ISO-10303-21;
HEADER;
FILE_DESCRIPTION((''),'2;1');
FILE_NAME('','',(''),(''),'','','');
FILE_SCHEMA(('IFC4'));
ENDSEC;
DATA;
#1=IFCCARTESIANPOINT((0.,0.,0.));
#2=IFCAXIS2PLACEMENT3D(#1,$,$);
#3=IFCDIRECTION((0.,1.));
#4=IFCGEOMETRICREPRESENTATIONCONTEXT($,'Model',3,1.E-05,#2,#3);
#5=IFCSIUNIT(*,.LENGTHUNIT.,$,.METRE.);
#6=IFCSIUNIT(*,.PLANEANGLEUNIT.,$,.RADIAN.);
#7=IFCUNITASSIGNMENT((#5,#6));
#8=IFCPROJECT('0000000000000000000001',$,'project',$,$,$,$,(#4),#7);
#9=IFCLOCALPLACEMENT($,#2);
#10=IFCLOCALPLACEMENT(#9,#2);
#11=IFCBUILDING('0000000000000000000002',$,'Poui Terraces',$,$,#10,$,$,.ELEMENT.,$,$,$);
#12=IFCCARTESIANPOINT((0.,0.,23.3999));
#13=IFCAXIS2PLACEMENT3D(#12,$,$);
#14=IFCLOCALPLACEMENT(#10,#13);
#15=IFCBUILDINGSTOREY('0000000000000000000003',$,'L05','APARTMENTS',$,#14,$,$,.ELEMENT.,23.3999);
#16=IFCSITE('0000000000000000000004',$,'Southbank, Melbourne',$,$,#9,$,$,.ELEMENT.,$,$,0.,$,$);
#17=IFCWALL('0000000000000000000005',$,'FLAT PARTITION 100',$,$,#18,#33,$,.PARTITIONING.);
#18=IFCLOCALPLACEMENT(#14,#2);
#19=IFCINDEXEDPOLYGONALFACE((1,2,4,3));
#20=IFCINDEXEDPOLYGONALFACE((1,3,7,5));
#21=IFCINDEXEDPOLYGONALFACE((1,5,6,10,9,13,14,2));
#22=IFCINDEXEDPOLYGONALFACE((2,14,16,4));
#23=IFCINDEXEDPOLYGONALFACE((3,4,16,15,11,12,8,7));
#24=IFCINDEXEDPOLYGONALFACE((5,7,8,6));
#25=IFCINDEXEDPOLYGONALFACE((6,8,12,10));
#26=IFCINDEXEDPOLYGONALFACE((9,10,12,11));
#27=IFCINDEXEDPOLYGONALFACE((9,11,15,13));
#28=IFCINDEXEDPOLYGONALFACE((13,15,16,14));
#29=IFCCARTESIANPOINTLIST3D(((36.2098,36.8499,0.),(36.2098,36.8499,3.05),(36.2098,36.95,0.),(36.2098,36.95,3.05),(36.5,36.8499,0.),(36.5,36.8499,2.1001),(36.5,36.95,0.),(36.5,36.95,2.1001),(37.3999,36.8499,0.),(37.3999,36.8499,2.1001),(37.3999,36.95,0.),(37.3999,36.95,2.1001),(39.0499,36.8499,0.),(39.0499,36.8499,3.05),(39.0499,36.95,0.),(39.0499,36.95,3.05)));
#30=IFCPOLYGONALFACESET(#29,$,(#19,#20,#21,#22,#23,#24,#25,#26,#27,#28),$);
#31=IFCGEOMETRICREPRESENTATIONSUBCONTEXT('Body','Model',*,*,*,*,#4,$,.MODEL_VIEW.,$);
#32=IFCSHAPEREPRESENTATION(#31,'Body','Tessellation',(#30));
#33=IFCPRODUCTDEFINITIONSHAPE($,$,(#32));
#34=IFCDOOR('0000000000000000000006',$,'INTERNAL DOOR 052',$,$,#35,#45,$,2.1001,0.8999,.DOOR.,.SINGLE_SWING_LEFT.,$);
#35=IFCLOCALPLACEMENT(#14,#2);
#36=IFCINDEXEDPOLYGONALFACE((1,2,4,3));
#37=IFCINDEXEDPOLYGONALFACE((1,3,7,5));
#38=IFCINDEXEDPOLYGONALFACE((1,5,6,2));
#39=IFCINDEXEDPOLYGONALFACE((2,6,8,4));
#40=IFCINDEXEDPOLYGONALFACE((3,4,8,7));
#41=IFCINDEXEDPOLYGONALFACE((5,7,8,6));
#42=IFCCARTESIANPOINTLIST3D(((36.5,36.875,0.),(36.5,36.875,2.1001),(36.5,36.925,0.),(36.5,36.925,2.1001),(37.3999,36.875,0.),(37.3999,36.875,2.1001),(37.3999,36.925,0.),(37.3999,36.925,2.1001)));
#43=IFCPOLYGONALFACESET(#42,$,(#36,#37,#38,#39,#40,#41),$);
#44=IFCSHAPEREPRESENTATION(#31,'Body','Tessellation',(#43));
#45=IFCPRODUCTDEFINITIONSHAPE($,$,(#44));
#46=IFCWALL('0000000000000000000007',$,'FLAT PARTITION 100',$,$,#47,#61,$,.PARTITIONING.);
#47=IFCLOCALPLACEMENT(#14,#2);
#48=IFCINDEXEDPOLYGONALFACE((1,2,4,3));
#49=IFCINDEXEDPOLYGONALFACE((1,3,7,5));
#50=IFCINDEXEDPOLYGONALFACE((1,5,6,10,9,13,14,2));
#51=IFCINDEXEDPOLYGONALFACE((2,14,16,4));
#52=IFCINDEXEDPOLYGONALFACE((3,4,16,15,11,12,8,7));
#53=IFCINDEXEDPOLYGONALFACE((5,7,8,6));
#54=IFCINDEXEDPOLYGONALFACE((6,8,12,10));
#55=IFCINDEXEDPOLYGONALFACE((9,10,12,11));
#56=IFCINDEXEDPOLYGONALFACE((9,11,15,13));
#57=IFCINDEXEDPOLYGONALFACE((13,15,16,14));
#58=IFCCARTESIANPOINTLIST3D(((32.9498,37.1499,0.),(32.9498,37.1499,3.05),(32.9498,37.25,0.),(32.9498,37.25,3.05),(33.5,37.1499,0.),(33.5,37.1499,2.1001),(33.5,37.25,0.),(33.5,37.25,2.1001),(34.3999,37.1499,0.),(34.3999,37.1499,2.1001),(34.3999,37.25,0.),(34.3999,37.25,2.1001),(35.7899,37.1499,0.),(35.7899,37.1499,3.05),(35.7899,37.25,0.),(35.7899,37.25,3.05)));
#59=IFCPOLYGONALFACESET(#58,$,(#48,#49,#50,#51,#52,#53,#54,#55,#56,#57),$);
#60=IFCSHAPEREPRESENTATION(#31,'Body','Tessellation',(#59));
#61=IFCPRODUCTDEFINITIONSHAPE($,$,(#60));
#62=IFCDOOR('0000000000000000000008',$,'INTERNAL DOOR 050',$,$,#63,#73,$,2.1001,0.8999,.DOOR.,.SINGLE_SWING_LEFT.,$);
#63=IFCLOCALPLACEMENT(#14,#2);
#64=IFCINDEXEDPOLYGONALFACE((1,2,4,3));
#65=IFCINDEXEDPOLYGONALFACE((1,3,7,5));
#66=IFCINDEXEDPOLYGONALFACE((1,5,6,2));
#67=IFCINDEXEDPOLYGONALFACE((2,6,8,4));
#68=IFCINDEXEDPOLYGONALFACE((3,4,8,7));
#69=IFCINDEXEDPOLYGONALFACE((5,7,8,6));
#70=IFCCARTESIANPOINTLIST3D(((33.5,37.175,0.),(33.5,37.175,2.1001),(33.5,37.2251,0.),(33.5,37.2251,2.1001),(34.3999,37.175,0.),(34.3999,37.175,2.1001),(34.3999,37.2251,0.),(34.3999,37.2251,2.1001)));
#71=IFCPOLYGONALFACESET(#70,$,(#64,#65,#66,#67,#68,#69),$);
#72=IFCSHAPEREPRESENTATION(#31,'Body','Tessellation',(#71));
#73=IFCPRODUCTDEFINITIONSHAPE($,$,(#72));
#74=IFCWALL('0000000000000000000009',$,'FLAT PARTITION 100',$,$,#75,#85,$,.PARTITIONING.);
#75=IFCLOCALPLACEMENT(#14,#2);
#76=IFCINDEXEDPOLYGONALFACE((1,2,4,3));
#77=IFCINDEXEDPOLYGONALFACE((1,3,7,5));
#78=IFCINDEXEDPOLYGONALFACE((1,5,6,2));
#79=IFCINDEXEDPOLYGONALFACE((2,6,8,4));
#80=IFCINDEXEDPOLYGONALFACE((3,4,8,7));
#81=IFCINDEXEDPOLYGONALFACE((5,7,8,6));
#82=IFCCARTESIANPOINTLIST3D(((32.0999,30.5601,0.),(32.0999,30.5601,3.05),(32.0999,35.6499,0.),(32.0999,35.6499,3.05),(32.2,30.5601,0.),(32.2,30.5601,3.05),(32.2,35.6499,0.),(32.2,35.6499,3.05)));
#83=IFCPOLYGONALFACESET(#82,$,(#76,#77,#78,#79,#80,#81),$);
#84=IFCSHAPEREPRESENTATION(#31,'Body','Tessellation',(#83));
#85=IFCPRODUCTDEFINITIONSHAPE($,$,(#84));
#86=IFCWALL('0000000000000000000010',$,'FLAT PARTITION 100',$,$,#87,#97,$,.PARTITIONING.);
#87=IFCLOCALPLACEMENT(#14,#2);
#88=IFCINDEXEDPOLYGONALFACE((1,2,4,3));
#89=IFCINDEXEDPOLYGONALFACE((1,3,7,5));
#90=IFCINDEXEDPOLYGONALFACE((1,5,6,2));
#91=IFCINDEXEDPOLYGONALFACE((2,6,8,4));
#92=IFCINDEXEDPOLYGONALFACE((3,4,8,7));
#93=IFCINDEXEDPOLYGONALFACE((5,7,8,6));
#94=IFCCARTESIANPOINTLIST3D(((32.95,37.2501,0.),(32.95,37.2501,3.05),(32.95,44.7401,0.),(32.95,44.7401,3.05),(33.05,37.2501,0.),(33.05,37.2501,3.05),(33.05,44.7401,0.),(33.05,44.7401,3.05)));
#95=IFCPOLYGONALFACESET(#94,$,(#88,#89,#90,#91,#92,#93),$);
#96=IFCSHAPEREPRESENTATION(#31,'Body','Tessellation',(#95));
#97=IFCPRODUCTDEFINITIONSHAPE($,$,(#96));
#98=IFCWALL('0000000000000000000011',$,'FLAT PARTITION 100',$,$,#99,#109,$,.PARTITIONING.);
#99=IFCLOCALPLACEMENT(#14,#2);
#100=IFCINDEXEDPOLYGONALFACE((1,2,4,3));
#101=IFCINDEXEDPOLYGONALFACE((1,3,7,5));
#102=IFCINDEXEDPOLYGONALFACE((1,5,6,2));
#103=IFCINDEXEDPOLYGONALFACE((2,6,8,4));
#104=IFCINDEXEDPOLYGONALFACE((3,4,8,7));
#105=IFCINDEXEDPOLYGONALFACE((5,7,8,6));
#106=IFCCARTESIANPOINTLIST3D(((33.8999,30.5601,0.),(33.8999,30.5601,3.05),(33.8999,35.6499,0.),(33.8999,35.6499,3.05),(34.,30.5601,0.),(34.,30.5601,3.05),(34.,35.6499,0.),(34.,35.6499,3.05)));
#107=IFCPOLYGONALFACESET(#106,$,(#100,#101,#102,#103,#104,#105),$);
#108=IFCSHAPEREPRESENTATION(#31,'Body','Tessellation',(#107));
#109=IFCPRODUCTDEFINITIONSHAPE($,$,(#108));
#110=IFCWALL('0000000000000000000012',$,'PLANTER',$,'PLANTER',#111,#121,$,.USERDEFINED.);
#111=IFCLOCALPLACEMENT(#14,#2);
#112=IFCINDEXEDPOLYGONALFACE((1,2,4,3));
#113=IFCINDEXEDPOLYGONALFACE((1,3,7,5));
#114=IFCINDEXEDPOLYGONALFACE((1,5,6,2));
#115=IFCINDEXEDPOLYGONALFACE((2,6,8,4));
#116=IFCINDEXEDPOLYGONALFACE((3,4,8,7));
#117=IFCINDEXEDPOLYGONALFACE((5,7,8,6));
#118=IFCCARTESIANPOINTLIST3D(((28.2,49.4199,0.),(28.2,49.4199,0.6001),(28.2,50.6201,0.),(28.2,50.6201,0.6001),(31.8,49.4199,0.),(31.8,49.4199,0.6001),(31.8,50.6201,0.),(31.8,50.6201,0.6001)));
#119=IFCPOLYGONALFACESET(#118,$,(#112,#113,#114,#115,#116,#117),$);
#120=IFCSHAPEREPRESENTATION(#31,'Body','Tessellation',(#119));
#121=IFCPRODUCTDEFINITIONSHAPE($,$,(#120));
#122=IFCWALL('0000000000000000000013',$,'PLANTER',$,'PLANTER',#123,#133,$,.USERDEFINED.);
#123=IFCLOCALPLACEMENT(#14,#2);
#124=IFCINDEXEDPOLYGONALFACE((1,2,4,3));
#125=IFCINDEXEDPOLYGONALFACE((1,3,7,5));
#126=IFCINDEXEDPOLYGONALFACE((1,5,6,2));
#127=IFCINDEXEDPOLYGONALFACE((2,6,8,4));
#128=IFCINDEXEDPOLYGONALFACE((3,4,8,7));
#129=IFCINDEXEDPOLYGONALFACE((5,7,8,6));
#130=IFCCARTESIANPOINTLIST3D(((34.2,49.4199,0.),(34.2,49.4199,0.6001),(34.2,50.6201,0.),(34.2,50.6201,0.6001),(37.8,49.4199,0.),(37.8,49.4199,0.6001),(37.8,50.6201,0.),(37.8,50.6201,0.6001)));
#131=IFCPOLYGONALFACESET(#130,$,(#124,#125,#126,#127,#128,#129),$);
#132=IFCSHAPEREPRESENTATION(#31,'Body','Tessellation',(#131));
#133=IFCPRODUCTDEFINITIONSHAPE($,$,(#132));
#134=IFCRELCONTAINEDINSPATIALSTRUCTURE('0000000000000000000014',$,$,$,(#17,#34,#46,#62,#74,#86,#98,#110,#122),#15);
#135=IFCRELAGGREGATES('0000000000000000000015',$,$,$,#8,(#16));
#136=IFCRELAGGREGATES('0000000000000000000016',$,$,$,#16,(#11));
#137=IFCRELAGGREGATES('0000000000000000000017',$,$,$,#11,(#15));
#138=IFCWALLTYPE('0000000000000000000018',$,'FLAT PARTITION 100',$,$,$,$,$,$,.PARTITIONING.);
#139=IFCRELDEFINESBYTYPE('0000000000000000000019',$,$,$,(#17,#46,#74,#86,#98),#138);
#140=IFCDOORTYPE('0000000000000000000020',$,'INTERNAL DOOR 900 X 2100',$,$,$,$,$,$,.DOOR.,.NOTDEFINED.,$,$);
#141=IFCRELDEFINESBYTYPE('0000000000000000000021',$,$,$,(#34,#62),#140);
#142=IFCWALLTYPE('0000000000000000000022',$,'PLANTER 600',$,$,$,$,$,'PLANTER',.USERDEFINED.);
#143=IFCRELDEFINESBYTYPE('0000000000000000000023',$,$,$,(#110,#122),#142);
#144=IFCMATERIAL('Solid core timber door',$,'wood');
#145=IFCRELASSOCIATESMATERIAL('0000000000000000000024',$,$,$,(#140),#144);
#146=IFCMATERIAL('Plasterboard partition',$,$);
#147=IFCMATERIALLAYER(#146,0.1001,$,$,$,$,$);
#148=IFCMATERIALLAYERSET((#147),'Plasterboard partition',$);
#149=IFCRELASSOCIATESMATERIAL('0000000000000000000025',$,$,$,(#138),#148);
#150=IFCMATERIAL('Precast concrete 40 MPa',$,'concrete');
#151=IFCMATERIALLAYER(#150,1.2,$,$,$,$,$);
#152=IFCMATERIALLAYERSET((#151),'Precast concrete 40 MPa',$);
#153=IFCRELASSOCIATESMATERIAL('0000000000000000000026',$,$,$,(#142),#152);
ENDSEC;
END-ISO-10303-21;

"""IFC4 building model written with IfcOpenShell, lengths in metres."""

from ifc_helpers import new_model, si_unit, direction, frame, frame_2d, origin, place, context, subcontext, project, spatial, polyline, rectangle, outline, extrude, source, transform, mapped, material, layer, layer_set, type_object, element, fill, save


model = new_model("IFC4")

# Units and contexts
model_context = context("Model", 3, precision=1e-05, world=origin(), true_north=direction((0.0, 1.0)))
body_context = subcontext(model_context, "Body", "Model", "MODEL_VIEW")
ifc_project = project(units=[si_unit("LENGTHUNIT", "METRE"), si_unit("PLANEANGLEUNIT", "RADIAN")], contexts=[model_context])

# Site, building, storey
site_placement = place(None, origin())
site = spatial("IfcSite", under=ifc_project, at=site_placement, Name="Southbank, Melbourne", CompositionType="ELEMENT", RefElevation=0.0)
building_placement = place(site_placement, origin())
building = spatial("IfcBuilding", under=site, at=building_placement, Name="Poui Terraces", CompositionType="ELEMENT")
storey_placement = place(building_placement, frame((0.0, 0.0, 23.3999)))
storey = spatial("IfcBuildingStorey", under=building, at=storey_placement, Name="L05", Description="APARTMENTS", CompositionType="ELEMENT", Elevation=23.3999)

# Shared definitions
ifc_material_1 = material(Name="Solid core timber door", Category="wood")
door_type_1 = type_object("IfcDoorType", Name="INTERNAL DOOR 900 X 2100", OperationType="NOTDEFINED", PredefinedType="DOOR", material=ifc_material_1)

# Walls, openings, doors
ifc_material_2 = material(Name="Plasterboard partition")
ifc_layer_1 = layer(ifc_material_2, 0.1001)
ifc_layer_set_1 = layer_set([ifc_layer_1], Name="Plasterboard partition")
wall_type_1 = type_object("IfcWallType", Name="FLAT PARTITION 100", PredefinedType="PARTITIONING", material=ifc_layer_set_1)
wall_1_placement = place(storey_placement, frame((36.21, 36.8999, 0.0), z_axis=(0.0, 0.0, 1.0), x_axis=(1.0, 0.0, 0.0)))
wall_1 = element("IfcWall", 1, at=wall_1_placement, inside=storey, type_object=wall_type_1, Name="FLAT PARTITION 100", PredefinedType="PARTITIONING", context=body_context, shape_type="SweptSolid", body=[
    extrude(rectangle(XDim=2.8401, YDim=0.1001, at=frame_2d((1.4199, 0.0))), origin(), (0.0, 0.0, 1.0), 3.05),
])
opening_1_placement = place(wall_1_placement, frame((0.29, 0.0, 0.0)))
opening_1 = element("IfcOpeningElement", 2, at=opening_1_placement, cuts=wall_1, PredefinedType="OPENING", context=body_context, shape_type="SweptSolid", body=[
    extrude(rectangle(XDim=0.8999, YDim=2.1001, at=frame_2d((0.45, 1.05))), frame((0.0, 0.0601, 0.0), z_axis=(0.0, -1.0, 0.0), x_axis=(1.0, 0.0, 0.0)), (0.0, 0.0, 1.0), 0.1201),
])
door_1_placement = place(opening_1_placement, frame((0.8999, 0.0, 0.0), z_axis=(0.0, 0.0, 1.0), x_axis=(-1.0, 0.0, 0.0)))
door_1 = element("IfcDoor", 3, at=door_1_placement, inside=storey, type_object=door_type_1, Name="INTERNAL DOOR 052", OperationType="SINGLE_SWING_LEFT", OverallHeight=2.1001, OverallWidth=0.8999, PredefinedType="DOOR", context=body_context, shape_type="SweptSolid", body=[
    extrude(rectangle(XDim=0.8999, YDim=2.1001, at=frame_2d((0.45, 1.05))), frame((0.0, 0.0249, 0.0), z_axis=(0.0, -1.0, 0.0), x_axis=(1.0, 0.0, 0.0)), (0.0, 0.0, 1.0), 0.05),
])
fill(opening_1, door_1)
wall_2_placement = place(storey_placement, frame((32.95, 37.2, 0.0), z_axis=(0.0, 0.0, 1.0), x_axis=(1.0, 0.0, 0.0)))
wall_2 = element("IfcWall", 4, at=wall_2_placement, inside=storey, type_object=wall_type_1, Name="FLAT PARTITION 100", PredefinedType="PARTITIONING", context=body_context, shape_type="SweptSolid", body=[
    extrude(rectangle(XDim=2.8401, YDim=0.1001, at=frame_2d((1.4199, 0.0))), origin(), (0.0, 0.0, 1.0), 3.05),
])
opening_2_placement = place(wall_2_placement, frame((0.55, 0.0, 0.0)))
opening_2 = element("IfcOpeningElement", 5, at=opening_2_placement, cuts=wall_2, PredefinedType="OPENING", context=body_context, shape_type="SweptSolid", body=[
    extrude(rectangle(XDim=0.8999, YDim=2.1001, at=frame_2d((0.45, 1.05))), frame((0.0, 0.0601, 0.0), z_axis=(0.0, -1.0, 0.0), x_axis=(1.0, 0.0, 0.0)), (0.0, 0.0, 1.0), 0.1201),
])
door_2_placement = place(opening_2_placement, frame((0.8999, 0.0, 0.0), z_axis=(0.0, 0.0, 1.0), x_axis=(-1.0, 0.0, 0.0)))
door_2 = element("IfcDoor", 6, at=door_2_placement, inside=storey, type_object=door_type_1, Name="INTERNAL DOOR 050", OperationType="SINGLE_SWING_LEFT", OverallHeight=2.1001, OverallWidth=0.8999, PredefinedType="DOOR", context=body_context, shape_type="SweptSolid", body=[
    extrude(rectangle(XDim=0.8999, YDim=2.1001, at=frame_2d((0.45, 1.05))), frame((0.0, 0.0249, 0.0), z_axis=(0.0, -1.0, 0.0), x_axis=(1.0, 0.0, 0.0)), (0.0, 0.0, 1.0), 0.05),
])
fill(opening_2, door_2)

# Walls
wall_3_placement = place(storey_placement, frame((32.1499, 30.5601, 0.0), z_axis=(0.0, 0.0, 1.0), x_axis=(0.0, 1.0, 0.0)))
element("IfcWall", 7, at=wall_3_placement, inside=storey, type_object=wall_type_1, Name="FLAT PARTITION 100", PredefinedType="PARTITIONING", context=body_context, shape_type="SweptSolid", body=[
    extrude(rectangle(XDim=5.0898, YDim=0.1001, at=frame_2d((2.5449, 0.0))), origin(), (0.0, 0.0, 1.0), 3.05),
])
wall_4_placement = place(storey_placement, frame((33.0, 37.25, 0.0), z_axis=(0.0, 0.0, 1.0), x_axis=(0.0, 1.0, 0.0)))
element("IfcWall", 8, at=wall_4_placement, inside=storey, type_object=wall_type_1, Name="FLAT PARTITION 100", PredefinedType="PARTITIONING", context=body_context, shape_type="SweptSolid", body=[
    extrude(rectangle(XDim=7.49, YDim=0.1001, at=frame_2d((3.7451, 0.0))), origin(), (0.0, 0.0, 1.0), 3.05),
])
wall_5_placement = place(storey_placement, frame((33.95, 30.5601, 0.0), z_axis=(0.0, 0.0, 1.0), x_axis=(0.0, 1.0, 0.0)))
element("IfcWall", 9, at=wall_5_placement, inside=storey, type_object=wall_type_1, Name="FLAT PARTITION 100", PredefinedType="PARTITIONING", context=body_context, shape_type="SweptSolid", body=[
    extrude(rectangle(XDim=5.0898, YDim=0.1001, at=frame_2d((2.5449, 0.0))), origin(), (0.0, 0.0, 1.0), 3.05),
])
ifc_material_3 = material(Name="Precast concrete 40 MPa", Category="concrete")
ifc_layer_2 = layer(ifc_material_3, 1.2)
ifc_layer_set_2 = layer_set([ifc_layer_2], Name="Precast concrete 40 MPa")
wall_type_2 = type_object("IfcWallType", Name="PLANTER 600", ElementType="PLANTER", PredefinedType="USERDEFINED", material=ifc_layer_set_2)
shared_shape = source(origin(), body_context, "Body", "SweptSolid", [
    extrude(outline(polyline([(0.0, 0.0), (3.6001, 0.0), (3.6001, 1.2002), (0.0, 1.2002), (0.0, 0.0)])), origin(), (0.0, 0.0, 1.0), 0.6001),
])
for number, where, name in (
    (10, (28.2, 49.4199, 0.0), "PLANTER"),
    (11, (34.2, 49.4199, 0.0), "PLANTER"),
):
    element("IfcWall", number, at=place(storey_placement, frame(where)), inside=storey, type_object=wall_type_2, Name=name, ObjectType="PLANTER", PredefinedType="USERDEFINED", context=body_context, shape_type="MappedRepresentation", body=[
        mapped(shared_shape, transform((0.0, 0.0, 0.0))),
    ])

save(model, "model.ifc")
